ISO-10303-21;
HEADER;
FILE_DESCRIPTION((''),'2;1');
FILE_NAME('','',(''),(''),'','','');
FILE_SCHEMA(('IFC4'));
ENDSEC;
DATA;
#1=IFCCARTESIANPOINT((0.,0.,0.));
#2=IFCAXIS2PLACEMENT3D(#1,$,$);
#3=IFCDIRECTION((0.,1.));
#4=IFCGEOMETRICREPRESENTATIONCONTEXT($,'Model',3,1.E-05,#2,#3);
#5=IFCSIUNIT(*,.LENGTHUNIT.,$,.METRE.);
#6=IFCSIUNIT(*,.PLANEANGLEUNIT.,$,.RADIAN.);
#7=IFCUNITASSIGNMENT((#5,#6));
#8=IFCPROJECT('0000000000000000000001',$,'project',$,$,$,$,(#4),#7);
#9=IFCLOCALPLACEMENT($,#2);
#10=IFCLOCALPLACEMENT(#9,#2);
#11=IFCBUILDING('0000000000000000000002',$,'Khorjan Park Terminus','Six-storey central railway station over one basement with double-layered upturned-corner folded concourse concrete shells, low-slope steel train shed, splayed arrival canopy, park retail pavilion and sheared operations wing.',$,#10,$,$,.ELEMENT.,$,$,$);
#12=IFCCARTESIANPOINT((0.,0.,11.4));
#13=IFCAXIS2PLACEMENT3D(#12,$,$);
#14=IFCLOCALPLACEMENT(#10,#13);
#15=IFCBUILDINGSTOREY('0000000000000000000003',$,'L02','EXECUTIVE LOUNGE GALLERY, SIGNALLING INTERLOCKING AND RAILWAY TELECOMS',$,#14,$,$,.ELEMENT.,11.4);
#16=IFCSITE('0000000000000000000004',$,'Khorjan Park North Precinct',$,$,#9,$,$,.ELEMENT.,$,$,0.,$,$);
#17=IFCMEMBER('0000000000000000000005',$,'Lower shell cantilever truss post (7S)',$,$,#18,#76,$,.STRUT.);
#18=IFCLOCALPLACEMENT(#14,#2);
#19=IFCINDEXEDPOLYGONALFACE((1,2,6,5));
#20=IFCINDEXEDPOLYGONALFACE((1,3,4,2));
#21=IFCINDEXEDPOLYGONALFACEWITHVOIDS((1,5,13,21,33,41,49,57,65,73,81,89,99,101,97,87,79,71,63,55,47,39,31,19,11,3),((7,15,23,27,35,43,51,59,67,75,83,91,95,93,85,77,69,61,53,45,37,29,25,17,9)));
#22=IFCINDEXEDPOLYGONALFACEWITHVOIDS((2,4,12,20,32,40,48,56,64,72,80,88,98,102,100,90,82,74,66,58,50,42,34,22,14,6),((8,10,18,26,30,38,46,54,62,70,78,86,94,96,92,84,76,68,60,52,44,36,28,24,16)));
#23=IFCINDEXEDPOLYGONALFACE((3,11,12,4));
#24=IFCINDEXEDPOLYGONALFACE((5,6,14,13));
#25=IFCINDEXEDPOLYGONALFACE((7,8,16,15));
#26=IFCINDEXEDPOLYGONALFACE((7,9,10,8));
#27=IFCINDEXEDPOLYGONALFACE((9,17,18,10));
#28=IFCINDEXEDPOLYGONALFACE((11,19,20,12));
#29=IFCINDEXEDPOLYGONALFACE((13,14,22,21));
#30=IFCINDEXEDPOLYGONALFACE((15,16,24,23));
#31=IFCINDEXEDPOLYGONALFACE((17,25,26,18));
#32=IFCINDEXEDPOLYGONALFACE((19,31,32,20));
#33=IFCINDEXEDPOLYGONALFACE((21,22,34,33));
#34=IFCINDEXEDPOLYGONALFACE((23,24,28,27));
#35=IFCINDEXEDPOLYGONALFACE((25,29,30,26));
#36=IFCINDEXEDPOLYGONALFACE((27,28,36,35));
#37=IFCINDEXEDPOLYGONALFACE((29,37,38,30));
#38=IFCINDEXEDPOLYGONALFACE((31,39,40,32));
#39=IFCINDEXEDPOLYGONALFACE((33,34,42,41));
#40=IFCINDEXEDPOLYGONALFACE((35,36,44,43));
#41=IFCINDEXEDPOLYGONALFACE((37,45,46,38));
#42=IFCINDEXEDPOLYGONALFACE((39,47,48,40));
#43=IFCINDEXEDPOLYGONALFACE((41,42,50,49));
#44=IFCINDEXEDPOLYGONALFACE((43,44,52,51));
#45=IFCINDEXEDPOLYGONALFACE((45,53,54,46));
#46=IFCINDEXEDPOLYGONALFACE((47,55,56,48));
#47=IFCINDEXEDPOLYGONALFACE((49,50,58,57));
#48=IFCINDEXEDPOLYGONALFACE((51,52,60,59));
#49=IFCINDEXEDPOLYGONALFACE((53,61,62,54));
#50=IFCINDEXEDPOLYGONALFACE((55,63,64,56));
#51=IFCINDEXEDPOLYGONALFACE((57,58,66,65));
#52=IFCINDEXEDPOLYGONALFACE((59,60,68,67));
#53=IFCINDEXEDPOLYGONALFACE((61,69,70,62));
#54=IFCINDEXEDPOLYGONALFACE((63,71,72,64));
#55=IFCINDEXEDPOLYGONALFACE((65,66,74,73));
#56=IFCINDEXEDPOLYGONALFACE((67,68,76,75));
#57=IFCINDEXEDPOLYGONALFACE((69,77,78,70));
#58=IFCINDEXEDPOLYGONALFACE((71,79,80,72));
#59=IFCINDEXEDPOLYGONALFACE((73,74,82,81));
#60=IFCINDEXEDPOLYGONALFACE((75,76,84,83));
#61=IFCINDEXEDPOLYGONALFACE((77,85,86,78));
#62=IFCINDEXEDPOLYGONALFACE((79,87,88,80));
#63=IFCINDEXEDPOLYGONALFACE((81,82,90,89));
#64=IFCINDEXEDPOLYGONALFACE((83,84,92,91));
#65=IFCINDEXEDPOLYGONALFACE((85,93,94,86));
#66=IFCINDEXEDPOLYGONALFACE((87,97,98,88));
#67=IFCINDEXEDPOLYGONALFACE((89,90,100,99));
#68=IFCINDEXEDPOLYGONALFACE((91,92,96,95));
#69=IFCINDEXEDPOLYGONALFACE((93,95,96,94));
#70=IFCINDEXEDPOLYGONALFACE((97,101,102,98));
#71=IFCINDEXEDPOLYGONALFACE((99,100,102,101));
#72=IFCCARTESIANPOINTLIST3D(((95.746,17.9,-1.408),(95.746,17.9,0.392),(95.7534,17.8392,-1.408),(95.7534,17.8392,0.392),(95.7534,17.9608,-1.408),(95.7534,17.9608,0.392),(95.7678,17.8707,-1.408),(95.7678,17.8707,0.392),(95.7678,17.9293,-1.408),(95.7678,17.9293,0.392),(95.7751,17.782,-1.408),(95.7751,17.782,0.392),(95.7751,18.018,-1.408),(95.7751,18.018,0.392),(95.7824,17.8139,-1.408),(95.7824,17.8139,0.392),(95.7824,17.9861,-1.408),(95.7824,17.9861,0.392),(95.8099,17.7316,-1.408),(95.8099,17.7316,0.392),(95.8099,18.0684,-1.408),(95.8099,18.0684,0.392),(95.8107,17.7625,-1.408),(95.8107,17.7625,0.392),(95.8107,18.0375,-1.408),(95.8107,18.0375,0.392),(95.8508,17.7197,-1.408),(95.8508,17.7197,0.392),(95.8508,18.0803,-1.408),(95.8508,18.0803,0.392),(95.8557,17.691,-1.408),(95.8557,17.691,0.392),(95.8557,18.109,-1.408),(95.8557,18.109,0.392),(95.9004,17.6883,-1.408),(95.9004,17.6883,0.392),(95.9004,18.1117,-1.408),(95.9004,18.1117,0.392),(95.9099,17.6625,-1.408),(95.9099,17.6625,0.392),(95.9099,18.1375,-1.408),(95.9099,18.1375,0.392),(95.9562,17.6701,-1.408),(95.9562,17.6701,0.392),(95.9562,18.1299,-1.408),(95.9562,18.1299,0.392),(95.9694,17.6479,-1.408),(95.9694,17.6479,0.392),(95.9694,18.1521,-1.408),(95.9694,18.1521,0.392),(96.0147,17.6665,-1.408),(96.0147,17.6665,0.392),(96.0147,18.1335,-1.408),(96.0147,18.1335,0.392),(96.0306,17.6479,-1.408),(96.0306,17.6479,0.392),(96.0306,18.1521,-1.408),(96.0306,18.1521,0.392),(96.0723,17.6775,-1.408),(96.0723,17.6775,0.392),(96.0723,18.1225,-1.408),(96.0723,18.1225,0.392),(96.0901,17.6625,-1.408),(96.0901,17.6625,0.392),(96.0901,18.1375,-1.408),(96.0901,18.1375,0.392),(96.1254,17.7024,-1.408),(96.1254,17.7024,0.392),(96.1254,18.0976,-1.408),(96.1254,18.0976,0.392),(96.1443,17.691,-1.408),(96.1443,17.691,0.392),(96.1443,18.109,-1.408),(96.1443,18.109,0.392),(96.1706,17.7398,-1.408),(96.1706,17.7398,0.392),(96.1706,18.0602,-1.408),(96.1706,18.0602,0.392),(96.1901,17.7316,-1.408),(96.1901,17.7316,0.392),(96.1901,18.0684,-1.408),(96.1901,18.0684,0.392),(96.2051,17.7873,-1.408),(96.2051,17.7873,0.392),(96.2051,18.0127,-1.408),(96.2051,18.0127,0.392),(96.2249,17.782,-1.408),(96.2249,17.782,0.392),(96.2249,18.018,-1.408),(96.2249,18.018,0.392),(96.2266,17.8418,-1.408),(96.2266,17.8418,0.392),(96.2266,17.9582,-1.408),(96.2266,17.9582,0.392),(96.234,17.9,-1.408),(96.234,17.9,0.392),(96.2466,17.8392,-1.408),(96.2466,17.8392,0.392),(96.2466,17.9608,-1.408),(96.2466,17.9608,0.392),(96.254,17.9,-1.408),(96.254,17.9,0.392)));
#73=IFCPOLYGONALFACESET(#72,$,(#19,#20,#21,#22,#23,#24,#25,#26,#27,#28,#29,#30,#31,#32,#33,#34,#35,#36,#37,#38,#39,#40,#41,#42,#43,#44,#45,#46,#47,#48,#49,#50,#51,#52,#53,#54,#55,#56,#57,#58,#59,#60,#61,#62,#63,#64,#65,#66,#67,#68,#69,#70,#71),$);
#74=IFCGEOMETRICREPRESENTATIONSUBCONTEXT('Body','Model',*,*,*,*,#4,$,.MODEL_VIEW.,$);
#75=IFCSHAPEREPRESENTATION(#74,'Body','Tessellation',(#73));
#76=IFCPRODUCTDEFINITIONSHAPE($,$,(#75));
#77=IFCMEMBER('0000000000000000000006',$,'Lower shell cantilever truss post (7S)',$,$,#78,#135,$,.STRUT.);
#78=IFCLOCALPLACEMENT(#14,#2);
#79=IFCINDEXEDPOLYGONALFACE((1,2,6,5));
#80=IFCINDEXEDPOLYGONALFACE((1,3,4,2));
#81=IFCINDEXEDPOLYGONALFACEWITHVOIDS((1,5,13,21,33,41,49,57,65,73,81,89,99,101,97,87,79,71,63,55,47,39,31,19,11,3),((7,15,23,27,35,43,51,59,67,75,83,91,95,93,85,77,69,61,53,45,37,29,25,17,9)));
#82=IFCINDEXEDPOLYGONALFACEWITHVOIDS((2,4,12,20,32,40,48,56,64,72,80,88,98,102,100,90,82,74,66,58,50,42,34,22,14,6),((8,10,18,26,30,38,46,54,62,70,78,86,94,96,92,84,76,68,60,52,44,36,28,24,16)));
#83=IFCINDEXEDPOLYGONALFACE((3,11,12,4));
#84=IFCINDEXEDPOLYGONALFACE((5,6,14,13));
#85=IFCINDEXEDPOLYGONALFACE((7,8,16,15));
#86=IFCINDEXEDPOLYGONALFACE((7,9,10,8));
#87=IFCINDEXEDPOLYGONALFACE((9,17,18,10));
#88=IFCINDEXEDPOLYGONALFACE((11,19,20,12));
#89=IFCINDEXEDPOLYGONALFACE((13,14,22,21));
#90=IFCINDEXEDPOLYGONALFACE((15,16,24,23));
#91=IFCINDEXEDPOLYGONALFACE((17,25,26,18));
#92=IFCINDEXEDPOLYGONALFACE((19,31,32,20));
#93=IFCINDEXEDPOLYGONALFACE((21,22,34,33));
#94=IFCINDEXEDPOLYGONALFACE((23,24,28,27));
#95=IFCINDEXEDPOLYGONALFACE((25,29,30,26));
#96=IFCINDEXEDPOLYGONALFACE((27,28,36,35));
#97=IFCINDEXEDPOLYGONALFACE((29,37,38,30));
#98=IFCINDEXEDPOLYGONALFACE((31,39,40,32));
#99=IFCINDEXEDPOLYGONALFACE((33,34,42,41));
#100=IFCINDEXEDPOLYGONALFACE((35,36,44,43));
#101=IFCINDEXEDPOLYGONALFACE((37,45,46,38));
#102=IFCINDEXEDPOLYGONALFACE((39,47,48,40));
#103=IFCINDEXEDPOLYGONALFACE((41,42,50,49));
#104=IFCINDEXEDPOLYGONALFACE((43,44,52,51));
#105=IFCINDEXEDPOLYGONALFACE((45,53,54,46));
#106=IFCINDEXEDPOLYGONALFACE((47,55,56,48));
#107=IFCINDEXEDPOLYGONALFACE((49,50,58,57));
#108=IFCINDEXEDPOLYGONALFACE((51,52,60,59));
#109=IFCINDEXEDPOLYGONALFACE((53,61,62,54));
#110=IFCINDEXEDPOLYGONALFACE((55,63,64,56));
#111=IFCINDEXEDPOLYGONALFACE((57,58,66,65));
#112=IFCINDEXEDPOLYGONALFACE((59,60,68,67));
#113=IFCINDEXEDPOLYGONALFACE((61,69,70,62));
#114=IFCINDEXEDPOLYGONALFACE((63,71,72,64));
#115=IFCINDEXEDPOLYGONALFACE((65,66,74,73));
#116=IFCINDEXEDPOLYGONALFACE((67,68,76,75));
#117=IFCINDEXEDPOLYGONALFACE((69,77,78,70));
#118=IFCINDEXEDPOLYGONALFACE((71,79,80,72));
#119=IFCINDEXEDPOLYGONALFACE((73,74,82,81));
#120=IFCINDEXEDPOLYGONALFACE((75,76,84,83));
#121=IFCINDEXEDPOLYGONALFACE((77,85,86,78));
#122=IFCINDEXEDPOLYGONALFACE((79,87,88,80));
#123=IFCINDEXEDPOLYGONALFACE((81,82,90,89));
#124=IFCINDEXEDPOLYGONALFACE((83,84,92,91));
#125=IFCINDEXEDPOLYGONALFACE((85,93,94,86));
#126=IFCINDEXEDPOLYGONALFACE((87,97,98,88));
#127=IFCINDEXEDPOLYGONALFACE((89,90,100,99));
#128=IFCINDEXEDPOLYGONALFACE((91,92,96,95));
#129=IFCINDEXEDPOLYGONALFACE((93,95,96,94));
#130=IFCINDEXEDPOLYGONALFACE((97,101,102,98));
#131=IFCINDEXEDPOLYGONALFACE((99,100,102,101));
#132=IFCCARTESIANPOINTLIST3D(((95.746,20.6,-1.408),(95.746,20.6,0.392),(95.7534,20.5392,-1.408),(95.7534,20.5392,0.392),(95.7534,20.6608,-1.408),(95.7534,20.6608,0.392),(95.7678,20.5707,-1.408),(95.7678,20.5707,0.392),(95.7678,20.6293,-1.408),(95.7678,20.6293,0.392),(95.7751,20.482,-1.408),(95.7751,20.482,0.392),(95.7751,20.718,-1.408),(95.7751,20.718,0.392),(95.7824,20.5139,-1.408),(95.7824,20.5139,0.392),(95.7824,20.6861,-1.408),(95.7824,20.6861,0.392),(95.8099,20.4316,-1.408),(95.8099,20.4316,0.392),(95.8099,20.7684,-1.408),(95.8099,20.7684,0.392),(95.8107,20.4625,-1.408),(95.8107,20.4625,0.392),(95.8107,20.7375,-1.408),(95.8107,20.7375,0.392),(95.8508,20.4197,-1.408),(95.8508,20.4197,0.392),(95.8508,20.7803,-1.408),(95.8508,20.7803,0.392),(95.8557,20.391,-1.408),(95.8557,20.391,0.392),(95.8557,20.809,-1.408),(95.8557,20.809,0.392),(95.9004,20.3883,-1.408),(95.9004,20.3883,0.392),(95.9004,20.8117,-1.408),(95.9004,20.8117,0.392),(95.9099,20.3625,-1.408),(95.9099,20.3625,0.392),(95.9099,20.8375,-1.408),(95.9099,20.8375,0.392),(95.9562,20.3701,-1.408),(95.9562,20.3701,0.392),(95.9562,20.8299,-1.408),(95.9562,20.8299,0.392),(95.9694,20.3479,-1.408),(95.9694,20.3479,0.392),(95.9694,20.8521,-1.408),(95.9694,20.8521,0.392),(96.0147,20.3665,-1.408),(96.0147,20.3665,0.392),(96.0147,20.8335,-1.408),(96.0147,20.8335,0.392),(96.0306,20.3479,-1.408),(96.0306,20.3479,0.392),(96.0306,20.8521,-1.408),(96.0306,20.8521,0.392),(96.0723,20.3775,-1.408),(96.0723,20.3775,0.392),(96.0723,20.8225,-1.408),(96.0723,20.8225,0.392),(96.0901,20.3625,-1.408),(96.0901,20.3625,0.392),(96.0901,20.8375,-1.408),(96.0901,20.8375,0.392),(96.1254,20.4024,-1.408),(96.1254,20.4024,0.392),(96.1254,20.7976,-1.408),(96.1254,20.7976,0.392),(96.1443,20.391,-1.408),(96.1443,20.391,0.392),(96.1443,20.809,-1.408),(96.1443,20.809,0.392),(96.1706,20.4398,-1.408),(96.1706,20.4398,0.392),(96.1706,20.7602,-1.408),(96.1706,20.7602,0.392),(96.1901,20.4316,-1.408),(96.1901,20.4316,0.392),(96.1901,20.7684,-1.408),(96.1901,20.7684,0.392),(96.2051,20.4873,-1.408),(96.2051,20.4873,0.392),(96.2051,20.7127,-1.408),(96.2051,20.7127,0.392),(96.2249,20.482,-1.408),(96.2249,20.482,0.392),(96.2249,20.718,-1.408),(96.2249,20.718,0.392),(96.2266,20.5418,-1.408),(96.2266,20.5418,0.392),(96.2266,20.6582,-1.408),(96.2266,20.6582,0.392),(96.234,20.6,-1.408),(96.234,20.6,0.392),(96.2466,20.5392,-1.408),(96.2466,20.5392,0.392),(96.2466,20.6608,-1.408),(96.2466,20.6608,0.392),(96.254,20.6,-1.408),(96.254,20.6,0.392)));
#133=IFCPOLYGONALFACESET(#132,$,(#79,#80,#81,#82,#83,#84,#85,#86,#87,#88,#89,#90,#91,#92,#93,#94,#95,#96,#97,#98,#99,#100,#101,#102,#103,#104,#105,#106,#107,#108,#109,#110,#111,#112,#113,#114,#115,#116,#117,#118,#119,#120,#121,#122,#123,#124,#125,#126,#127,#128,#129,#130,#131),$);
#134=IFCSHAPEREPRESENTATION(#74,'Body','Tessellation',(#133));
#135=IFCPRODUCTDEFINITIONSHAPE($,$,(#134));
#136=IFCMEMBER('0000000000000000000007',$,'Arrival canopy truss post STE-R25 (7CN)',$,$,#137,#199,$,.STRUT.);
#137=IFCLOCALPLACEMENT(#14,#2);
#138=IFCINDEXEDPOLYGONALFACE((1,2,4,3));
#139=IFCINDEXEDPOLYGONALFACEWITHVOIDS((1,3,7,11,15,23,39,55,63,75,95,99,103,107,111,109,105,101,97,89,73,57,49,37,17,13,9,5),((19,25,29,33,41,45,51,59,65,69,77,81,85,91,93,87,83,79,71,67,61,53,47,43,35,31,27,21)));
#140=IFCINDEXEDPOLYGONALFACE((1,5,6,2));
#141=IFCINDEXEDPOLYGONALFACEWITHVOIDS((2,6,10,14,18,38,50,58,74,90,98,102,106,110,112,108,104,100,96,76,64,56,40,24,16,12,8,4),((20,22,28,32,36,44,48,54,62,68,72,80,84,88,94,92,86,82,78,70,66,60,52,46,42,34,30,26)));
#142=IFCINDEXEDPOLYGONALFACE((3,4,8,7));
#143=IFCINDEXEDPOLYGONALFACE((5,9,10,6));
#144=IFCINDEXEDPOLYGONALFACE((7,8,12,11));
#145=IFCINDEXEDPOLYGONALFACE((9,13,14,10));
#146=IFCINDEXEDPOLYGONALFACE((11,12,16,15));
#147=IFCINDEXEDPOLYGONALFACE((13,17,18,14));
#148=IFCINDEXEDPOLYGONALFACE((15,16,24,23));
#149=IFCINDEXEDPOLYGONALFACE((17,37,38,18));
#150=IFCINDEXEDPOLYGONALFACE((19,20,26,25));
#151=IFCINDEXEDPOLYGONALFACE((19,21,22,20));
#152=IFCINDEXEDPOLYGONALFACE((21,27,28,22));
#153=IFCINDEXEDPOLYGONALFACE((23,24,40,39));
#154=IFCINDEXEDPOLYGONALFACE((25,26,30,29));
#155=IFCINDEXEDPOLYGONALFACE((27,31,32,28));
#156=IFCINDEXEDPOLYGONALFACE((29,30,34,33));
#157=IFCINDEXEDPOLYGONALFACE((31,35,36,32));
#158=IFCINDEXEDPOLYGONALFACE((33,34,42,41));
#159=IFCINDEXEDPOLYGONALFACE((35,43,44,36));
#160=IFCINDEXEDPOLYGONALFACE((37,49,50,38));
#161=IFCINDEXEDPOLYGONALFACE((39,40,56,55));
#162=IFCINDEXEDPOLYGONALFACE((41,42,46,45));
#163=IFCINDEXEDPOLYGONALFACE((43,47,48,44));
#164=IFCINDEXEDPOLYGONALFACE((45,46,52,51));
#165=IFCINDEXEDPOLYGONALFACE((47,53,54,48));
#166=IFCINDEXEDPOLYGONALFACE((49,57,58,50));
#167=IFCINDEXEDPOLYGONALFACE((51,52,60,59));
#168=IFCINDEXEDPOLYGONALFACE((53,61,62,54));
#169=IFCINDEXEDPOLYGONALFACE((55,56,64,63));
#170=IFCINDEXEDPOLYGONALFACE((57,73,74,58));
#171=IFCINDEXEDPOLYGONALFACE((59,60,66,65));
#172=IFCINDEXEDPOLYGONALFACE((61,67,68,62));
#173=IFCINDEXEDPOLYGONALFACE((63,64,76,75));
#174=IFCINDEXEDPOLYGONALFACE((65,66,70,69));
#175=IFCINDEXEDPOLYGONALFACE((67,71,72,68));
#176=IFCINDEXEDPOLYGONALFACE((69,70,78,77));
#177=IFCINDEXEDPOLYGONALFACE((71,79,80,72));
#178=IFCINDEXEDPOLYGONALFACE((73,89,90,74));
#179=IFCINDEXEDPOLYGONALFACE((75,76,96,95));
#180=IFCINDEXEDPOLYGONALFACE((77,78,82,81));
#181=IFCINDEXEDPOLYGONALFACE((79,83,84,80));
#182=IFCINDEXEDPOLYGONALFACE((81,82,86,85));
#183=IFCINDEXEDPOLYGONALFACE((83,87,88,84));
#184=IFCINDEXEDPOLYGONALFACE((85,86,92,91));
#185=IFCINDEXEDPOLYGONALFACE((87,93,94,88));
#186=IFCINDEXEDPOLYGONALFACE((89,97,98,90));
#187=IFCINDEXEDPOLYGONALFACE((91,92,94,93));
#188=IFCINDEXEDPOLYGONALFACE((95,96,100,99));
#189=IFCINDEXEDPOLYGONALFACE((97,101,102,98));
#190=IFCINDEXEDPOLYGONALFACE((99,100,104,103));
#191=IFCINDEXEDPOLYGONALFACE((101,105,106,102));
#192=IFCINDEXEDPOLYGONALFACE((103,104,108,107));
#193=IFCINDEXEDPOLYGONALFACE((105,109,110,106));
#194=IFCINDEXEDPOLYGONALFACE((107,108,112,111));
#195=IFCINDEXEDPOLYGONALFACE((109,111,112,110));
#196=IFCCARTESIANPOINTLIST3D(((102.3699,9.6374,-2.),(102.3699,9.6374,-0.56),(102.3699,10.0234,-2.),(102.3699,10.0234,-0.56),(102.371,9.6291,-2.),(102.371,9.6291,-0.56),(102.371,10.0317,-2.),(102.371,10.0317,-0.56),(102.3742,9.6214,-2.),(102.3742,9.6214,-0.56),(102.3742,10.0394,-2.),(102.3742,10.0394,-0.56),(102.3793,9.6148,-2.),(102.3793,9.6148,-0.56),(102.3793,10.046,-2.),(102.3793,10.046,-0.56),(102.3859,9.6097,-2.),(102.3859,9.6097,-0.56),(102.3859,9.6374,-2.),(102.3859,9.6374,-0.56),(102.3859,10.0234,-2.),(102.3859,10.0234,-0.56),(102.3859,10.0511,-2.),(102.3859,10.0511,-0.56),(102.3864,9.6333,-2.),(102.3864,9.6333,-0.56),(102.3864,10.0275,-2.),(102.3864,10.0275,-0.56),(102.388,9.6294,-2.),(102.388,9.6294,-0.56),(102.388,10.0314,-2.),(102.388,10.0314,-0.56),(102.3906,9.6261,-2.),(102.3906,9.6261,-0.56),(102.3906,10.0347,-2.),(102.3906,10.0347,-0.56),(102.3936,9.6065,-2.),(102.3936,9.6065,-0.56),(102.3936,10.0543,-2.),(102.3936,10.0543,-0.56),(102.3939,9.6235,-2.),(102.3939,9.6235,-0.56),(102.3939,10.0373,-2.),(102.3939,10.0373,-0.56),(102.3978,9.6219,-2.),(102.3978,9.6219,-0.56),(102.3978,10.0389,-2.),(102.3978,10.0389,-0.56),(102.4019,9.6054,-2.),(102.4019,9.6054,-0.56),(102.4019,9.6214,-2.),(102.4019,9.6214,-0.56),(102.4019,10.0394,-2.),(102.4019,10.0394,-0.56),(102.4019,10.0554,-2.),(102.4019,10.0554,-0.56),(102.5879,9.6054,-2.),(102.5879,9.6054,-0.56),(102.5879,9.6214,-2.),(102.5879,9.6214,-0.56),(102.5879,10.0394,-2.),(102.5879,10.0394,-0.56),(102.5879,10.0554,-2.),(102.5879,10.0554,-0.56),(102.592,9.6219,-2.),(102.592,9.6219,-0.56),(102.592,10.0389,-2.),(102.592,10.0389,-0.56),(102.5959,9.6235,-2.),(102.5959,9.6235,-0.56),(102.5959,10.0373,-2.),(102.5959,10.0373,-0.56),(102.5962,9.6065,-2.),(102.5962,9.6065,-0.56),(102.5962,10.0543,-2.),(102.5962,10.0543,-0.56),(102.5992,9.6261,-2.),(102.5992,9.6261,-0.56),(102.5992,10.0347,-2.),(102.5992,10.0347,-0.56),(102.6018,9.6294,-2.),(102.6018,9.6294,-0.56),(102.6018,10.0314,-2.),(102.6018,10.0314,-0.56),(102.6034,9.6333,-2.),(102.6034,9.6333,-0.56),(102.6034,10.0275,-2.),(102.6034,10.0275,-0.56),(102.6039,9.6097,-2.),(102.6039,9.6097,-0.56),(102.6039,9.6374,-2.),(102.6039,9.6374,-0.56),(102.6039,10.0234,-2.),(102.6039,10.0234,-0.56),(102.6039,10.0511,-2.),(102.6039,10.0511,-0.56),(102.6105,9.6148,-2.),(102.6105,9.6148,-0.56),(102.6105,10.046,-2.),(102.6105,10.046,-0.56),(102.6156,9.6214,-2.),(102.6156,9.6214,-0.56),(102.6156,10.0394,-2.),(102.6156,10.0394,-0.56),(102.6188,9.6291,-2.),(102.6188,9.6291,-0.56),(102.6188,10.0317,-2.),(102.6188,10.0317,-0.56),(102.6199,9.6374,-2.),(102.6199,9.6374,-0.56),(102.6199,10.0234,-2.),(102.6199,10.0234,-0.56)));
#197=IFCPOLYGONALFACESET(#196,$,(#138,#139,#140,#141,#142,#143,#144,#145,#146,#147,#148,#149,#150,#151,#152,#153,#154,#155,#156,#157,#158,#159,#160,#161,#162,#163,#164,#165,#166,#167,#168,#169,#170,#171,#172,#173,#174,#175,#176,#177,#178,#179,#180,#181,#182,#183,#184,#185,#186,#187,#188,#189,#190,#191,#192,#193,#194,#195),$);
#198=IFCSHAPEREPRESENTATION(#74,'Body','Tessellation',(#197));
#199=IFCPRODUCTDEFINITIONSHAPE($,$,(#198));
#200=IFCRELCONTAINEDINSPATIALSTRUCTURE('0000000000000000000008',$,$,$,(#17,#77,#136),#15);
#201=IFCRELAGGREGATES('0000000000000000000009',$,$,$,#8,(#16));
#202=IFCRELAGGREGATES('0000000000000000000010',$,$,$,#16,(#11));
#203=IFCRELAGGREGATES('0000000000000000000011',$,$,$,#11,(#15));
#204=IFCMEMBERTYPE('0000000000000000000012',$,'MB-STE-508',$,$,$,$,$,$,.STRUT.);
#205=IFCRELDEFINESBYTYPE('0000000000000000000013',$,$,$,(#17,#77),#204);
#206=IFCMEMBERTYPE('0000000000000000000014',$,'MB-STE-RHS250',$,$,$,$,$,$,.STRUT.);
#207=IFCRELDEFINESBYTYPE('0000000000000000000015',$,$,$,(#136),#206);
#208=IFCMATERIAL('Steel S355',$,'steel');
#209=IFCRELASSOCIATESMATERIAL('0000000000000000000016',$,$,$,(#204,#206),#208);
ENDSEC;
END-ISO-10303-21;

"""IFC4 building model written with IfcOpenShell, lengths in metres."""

from ifc_helpers import new_model, si_unit, direction, frame, origin, origin_2d, place, context, subcontext, project, spatial, hollow_rectangle, hollow_circle, extrude, material, material_profile, profile_set, type_object, element, save


model = new_model("IFC4")

# Units and contexts
model_context = context("Model", 3, precision=1e-05, world=origin(), true_north=direction((0.0, 1.0)))
body_context = subcontext(model_context, "Body", "Model", "MODEL_VIEW")
ifc_project = project(units=[si_unit("LENGTHUNIT", "METRE"), si_unit("PLANEANGLEUNIT", "RADIAN")], contexts=[model_context])

# Site, building, storey
site_placement = place(None, origin())
site = spatial("IfcSite", under=ifc_project, at=site_placement, Name="Khorjan Park North Precinct", CompositionType="ELEMENT", RefElevation=0.0)
building_placement = place(site_placement, origin())
building = spatial("IfcBuilding", under=site, at=building_placement, Name="Khorjan Park Terminus", Description="Six-storey central railway station over one basement with double-layered upturned-corner folded concourse concrete shells, low-slope steel train shed, splayed arrival canopy, park retail pavilion and sheared operations wing.", CompositionType="ELEMENT")
storey_placement = place(building_placement, frame((0.0, 0.0, 11.4)))
storey = spatial("IfcBuildingStorey", under=building, at=storey_placement, Name="L02", Description="EXECUTIVE LOUNGE GALLERY, SIGNALLING INTERLOCKING AND RAILWAY TELECOMS", CompositionType="ELEMENT", Elevation=11.4)

# Members
ifc_material_1 = material(Name="Steel S355", Category="steel")
ifc_material_profile_1 = material_profile(ifc_material_1, hollow_circle(Radius=0.254, WallThickness=0.02, at=origin_2d()), Name="CHS 508x20")
ifc_profile_set_1 = profile_set([ifc_material_profile_1], Name="Steel S355")
member_type_1 = type_object("IfcMemberType", Name="MB-STE-508", PredefinedType="STRUT", material=ifc_profile_set_1)
for number, where, z_axis, x_axis, name in (
    (1, (96.0, 17.9, -1.408), (0.0, 0.0, 1.0), (1.0, 0.0, 0.0), "Lower shell cantilever truss post (7S)"),
    (2, (96.0, 20.6, -1.408), (0.0, 0.0, 1.0), (1.0, 0.0, 0.0), "Lower shell cantilever truss post (7S)"),
):
    element("IfcMember", number, at=place(storey_placement, frame(where, z_axis=z_axis, x_axis=x_axis)), inside=storey, type_object=member_type_1, Name=name, PredefinedType="STRUT", context=body_context, shape_type="SweptSolid", body=[
        extrude(hollow_circle(Radius=0.254, WallThickness=0.02, at=origin_2d()), origin(), (0.0, 0.0, 1.0), 1.8),
    ])
ifc_material_profile_2 = material_profile(ifc_material_1, hollow_rectangle(XDim=0.25, YDim=0.45, WallThickness=0.016, InnerFilletRadius=0.016, OuterFilletRadius=0.032, at=origin_2d()), Name="RHS 450x250x16")
ifc_profile_set_2 = profile_set([ifc_material_profile_2], Name="Steel S355")
member_type_2 = type_object("IfcMemberType", Name="MB-STE-RHS250", PredefinedType="STRUT", material=ifc_profile_set_2)
member_1_placement = place(storey_placement, frame((102.4949, 9.8304, -2.0), z_axis=(0.0, 0.0, 1.0), x_axis=(1.0, 0.0, 0.0)))
element("IfcMember", 3, at=member_1_placement, inside=storey, type_object=member_type_2, Name="Arrival canopy truss post STE-R25 (7CN)", PredefinedType="STRUT", context=body_context, shape_type="SweptSolid", body=[
    extrude(hollow_rectangle(XDim=0.25, YDim=0.45, WallThickness=0.016, InnerFilletRadius=0.016, OuterFilletRadius=0.032, at=origin_2d()), origin(), (0.0, 0.0, 1.0), 1.44),
])

save(model, "model.ifc")
